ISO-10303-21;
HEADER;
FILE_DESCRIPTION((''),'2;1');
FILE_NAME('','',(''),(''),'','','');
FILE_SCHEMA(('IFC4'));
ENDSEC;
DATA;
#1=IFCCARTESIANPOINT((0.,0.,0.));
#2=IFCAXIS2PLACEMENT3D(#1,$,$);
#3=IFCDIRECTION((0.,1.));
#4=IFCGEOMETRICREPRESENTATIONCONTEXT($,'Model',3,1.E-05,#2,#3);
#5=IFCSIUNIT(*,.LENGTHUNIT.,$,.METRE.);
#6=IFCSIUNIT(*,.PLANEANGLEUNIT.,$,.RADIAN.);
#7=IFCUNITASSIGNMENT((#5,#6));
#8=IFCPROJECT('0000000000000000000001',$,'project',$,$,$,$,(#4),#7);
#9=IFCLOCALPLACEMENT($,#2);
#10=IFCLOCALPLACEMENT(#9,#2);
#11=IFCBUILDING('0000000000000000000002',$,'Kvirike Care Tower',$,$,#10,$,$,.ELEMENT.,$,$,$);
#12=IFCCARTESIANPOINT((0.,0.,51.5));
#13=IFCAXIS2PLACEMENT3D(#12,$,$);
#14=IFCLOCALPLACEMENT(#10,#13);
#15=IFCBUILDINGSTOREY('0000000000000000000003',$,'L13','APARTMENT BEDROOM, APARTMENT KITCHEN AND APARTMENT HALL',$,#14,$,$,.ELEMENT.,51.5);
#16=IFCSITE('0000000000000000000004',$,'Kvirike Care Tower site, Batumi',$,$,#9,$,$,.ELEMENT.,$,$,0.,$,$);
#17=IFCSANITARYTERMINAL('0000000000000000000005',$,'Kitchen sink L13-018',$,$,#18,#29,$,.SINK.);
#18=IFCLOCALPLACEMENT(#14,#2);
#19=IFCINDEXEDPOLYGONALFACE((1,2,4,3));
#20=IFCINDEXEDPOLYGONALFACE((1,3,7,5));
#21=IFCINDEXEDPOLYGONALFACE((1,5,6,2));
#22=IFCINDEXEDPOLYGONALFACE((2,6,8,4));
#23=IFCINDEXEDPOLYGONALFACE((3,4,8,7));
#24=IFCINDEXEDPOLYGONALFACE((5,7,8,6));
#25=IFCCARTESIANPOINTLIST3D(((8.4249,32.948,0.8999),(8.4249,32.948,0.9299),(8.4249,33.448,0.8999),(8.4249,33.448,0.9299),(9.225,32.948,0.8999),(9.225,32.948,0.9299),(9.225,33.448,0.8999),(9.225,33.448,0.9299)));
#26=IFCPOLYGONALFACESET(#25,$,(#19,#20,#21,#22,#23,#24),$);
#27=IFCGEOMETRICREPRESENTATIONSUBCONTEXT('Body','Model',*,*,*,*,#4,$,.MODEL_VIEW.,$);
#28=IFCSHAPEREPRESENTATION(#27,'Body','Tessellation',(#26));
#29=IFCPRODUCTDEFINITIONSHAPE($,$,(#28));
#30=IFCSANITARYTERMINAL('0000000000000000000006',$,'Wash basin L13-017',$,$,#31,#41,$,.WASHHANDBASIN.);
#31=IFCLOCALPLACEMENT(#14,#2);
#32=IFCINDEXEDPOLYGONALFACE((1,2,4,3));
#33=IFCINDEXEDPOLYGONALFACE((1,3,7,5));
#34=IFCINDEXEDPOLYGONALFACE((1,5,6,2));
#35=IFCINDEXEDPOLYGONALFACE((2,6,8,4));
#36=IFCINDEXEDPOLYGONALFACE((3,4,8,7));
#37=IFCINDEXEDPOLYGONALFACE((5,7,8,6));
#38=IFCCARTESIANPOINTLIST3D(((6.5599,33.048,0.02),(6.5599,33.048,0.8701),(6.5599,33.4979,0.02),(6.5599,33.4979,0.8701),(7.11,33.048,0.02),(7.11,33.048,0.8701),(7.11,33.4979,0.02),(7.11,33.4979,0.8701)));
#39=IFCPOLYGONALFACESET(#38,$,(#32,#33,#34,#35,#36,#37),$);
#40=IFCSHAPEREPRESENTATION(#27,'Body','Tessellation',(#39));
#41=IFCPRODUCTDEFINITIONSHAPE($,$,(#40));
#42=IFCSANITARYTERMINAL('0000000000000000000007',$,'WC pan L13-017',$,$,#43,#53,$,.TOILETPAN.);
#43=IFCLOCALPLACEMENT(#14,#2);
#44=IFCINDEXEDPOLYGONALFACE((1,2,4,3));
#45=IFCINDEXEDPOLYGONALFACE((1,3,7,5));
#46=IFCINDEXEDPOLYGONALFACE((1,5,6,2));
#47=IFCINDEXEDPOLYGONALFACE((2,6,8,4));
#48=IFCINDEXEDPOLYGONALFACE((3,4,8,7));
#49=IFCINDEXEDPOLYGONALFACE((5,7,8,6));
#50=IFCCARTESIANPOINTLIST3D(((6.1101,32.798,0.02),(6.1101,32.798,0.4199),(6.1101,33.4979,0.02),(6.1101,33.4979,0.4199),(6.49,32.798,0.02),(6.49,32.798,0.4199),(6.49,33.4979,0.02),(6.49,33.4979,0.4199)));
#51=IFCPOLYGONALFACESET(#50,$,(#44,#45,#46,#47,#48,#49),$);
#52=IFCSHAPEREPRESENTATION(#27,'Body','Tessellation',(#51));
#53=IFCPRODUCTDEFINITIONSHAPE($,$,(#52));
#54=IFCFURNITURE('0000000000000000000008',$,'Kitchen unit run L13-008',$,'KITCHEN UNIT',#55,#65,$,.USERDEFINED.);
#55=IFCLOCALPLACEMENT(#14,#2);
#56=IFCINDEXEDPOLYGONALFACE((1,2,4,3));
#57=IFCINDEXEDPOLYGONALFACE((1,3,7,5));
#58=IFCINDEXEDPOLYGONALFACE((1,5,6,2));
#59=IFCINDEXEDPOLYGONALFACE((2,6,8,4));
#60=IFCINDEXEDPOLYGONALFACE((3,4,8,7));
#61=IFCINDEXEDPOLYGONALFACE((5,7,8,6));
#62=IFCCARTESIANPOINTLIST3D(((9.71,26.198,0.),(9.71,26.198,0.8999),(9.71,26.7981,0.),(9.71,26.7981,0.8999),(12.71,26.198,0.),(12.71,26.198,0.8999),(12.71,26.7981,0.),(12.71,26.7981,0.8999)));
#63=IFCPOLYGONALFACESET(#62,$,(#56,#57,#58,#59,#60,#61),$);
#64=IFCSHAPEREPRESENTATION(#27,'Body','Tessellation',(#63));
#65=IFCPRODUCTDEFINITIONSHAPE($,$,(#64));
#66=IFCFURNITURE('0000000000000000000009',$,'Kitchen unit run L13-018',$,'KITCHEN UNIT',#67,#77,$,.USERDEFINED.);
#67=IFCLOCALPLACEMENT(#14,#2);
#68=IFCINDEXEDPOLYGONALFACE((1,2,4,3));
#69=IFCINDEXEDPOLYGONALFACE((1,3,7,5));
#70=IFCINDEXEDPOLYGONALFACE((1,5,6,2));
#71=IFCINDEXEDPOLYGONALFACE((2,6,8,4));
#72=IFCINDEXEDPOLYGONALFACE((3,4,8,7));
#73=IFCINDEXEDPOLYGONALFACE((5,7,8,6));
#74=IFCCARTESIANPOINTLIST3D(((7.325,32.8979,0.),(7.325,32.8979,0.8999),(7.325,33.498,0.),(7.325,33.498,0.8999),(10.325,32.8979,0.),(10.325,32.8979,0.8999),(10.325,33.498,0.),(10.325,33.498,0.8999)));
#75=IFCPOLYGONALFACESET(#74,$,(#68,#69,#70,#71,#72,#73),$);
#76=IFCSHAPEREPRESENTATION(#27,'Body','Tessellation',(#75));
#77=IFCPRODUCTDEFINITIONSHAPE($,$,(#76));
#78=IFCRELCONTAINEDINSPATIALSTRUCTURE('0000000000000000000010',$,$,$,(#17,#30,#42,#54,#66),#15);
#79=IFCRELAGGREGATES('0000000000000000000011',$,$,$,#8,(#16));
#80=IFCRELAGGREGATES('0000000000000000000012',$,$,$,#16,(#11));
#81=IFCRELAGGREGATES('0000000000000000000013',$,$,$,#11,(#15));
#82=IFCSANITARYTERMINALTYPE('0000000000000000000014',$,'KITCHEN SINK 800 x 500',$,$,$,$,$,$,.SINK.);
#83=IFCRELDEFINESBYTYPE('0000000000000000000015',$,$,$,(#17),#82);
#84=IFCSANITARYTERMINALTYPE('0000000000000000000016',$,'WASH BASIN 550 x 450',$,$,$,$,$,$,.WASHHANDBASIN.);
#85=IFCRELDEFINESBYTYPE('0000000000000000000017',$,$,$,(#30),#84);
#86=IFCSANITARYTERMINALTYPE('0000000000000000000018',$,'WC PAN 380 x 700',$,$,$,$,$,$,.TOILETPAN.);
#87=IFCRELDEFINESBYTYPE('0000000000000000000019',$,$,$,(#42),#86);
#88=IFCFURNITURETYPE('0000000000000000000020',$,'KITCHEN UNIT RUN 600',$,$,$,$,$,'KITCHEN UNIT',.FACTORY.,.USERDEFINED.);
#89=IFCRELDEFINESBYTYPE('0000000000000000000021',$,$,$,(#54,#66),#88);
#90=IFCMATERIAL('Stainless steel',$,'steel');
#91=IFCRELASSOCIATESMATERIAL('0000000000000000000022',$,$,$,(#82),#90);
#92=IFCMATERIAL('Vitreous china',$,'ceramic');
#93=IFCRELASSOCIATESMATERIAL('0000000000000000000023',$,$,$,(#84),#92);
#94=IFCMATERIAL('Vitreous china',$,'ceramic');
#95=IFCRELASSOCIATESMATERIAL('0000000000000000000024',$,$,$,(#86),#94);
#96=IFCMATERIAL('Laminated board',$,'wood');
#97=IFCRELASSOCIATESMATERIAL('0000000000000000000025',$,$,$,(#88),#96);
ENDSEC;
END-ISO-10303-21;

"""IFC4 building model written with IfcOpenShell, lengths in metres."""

from ifc_helpers import new_model, si_unit, direction, frame, origin, origin_2d, place, context, subcontext, project, spatial, rectangle, extrude, material, type_object, element, save


model = new_model("IFC4")

# Units and contexts
model_context = context("Model", 3, precision=1e-05, world=origin(), true_north=direction((0.0, 1.0)))
body_context = subcontext(model_context, "Body", "Model", "MODEL_VIEW")
ifc_project = project(units=[si_unit("LENGTHUNIT", "METRE"), si_unit("PLANEANGLEUNIT", "RADIAN")], contexts=[model_context])

# Site, building, storey
site_placement = place(None, origin())
site = spatial("IfcSite", under=ifc_project, at=site_placement, Name="Kvirike Care Tower site, Batumi", CompositionType="ELEMENT", RefElevation=0.0)
building_placement = place(site_placement, origin())
building = spatial("IfcBuilding", under=site, at=building_placement, Name="Kvirike Care Tower", CompositionType="ELEMENT")
storey_placement = place(building_placement, frame((0.0, 0.0, 51.5)))
storey = spatial("IfcBuildingStorey", under=building, at=storey_placement, Name="L13", Description="APARTMENT BEDROOM, APARTMENT KITCHEN AND APARTMENT HALL", CompositionType="ELEMENT", Elevation=51.5)

# Sanitary terminals
ifc_material_1 = material(Name="Stainless steel", Category="steel")
sanitary_terminal_type_1 = type_object("IfcSanitaryTerminalType", Name="KITCHEN SINK 800 x 500", PredefinedType="SINK", material=ifc_material_1)
for number, where, z_axis, x_axis, name in (
    (1, (8.825, 33.198, 0.8999), (0.0, 0.0, 1.0), (1.0, 0.0, 0.0), "Kitchen sink L13-018"),
):
    element("IfcSanitaryTerminal", number, at=place(storey_placement, frame(where, z_axis=z_axis, x_axis=x_axis)), inside=storey, type_object=sanitary_terminal_type_1, Name=name, PredefinedType="SINK", context=body_context, shape_type="SweptSolid", body=[
        extrude(rectangle(XDim=0.8, YDim=0.5, at=origin_2d()), origin(), (0.0, 0.0, 1.0), 0.03),
    ])
ifc_material_2 = material(Name="Vitreous china", Category="ceramic")
sanitary_terminal_type_2 = type_object("IfcSanitaryTerminalType", Name="WASH BASIN 550 x 450", PredefinedType="WASHHANDBASIN", material=ifc_material_2)
sanitary_terminal_1_placement = place(storey_placement, frame((6.835, 33.2729, 0.02), z_axis=(0.0, 0.0, 1.0), x_axis=(1.0, 0.0, 0.0)))
element("IfcSanitaryTerminal", 2, at=sanitary_terminal_1_placement, inside=storey, type_object=sanitary_terminal_type_2, Name="Wash basin L13-017", PredefinedType="WASHHANDBASIN", context=body_context, shape_type="SweptSolid", body=[
    extrude(rectangle(XDim=0.55, YDim=0.45, at=origin_2d()), origin(), (0.0, 0.0, 1.0), 0.8501),
])
ifc_material_3 = material(Name="Vitreous china", Category="ceramic")
sanitary_terminal_type_3 = type_object("IfcSanitaryTerminalType", Name="WC PAN 380 x 700", PredefinedType="TOILETPAN", material=ifc_material_3)
sanitary_terminal_2_placement = place(storey_placement, frame((6.3, 33.1479, 0.02), z_axis=(0.0, 0.0, 1.0), x_axis=(1.0, 0.0, 0.0)))
element("IfcSanitaryTerminal", 3, at=sanitary_terminal_2_placement, inside=storey, type_object=sanitary_terminal_type_3, Name="WC pan L13-017", PredefinedType="TOILETPAN", context=body_context, shape_type="SweptSolid", body=[
    extrude(rectangle(XDim=0.3799, YDim=0.7, at=origin_2d()), origin(), (0.0, 0.0, 1.0), 0.3999),
])

# Furniture
ifc_material_4 = material(Name="Laminated board", Category="wood")
furniture_type = type_object("IfcFurnitureType", Name="KITCHEN UNIT RUN 600", ElementType="KITCHEN UNIT", AssemblyPlace="FACTORY", PredefinedType="USERDEFINED", material=ifc_material_4)
for number, where, z_axis, x_axis, name in (
    (4, (11.21, 26.498, 0.0), (0.0, 0.0, 1.0), (1.0, 0.0, 0.0), "Kitchen unit run L13-008"),
    (5, (8.825, 33.198, 0.0), (0.0, 0.0, 1.0), (1.0, 0.0, 0.0), "Kitchen unit run L13-018"),
):
    element("IfcFurniture", number, at=place(storey_placement, frame(where, z_axis=z_axis, x_axis=x_axis)), inside=storey, type_object=furniture_type, Name=name, ObjectType="KITCHEN UNIT", PredefinedType="USERDEFINED", context=body_context, shape_type="SweptSolid", body=[
        extrude(rectangle(XDim=3.0, YDim=0.6001, at=origin_2d()), origin(), (0.0, 0.0, 1.0), 0.8999),
    ])

save(model, "model.ifc")
